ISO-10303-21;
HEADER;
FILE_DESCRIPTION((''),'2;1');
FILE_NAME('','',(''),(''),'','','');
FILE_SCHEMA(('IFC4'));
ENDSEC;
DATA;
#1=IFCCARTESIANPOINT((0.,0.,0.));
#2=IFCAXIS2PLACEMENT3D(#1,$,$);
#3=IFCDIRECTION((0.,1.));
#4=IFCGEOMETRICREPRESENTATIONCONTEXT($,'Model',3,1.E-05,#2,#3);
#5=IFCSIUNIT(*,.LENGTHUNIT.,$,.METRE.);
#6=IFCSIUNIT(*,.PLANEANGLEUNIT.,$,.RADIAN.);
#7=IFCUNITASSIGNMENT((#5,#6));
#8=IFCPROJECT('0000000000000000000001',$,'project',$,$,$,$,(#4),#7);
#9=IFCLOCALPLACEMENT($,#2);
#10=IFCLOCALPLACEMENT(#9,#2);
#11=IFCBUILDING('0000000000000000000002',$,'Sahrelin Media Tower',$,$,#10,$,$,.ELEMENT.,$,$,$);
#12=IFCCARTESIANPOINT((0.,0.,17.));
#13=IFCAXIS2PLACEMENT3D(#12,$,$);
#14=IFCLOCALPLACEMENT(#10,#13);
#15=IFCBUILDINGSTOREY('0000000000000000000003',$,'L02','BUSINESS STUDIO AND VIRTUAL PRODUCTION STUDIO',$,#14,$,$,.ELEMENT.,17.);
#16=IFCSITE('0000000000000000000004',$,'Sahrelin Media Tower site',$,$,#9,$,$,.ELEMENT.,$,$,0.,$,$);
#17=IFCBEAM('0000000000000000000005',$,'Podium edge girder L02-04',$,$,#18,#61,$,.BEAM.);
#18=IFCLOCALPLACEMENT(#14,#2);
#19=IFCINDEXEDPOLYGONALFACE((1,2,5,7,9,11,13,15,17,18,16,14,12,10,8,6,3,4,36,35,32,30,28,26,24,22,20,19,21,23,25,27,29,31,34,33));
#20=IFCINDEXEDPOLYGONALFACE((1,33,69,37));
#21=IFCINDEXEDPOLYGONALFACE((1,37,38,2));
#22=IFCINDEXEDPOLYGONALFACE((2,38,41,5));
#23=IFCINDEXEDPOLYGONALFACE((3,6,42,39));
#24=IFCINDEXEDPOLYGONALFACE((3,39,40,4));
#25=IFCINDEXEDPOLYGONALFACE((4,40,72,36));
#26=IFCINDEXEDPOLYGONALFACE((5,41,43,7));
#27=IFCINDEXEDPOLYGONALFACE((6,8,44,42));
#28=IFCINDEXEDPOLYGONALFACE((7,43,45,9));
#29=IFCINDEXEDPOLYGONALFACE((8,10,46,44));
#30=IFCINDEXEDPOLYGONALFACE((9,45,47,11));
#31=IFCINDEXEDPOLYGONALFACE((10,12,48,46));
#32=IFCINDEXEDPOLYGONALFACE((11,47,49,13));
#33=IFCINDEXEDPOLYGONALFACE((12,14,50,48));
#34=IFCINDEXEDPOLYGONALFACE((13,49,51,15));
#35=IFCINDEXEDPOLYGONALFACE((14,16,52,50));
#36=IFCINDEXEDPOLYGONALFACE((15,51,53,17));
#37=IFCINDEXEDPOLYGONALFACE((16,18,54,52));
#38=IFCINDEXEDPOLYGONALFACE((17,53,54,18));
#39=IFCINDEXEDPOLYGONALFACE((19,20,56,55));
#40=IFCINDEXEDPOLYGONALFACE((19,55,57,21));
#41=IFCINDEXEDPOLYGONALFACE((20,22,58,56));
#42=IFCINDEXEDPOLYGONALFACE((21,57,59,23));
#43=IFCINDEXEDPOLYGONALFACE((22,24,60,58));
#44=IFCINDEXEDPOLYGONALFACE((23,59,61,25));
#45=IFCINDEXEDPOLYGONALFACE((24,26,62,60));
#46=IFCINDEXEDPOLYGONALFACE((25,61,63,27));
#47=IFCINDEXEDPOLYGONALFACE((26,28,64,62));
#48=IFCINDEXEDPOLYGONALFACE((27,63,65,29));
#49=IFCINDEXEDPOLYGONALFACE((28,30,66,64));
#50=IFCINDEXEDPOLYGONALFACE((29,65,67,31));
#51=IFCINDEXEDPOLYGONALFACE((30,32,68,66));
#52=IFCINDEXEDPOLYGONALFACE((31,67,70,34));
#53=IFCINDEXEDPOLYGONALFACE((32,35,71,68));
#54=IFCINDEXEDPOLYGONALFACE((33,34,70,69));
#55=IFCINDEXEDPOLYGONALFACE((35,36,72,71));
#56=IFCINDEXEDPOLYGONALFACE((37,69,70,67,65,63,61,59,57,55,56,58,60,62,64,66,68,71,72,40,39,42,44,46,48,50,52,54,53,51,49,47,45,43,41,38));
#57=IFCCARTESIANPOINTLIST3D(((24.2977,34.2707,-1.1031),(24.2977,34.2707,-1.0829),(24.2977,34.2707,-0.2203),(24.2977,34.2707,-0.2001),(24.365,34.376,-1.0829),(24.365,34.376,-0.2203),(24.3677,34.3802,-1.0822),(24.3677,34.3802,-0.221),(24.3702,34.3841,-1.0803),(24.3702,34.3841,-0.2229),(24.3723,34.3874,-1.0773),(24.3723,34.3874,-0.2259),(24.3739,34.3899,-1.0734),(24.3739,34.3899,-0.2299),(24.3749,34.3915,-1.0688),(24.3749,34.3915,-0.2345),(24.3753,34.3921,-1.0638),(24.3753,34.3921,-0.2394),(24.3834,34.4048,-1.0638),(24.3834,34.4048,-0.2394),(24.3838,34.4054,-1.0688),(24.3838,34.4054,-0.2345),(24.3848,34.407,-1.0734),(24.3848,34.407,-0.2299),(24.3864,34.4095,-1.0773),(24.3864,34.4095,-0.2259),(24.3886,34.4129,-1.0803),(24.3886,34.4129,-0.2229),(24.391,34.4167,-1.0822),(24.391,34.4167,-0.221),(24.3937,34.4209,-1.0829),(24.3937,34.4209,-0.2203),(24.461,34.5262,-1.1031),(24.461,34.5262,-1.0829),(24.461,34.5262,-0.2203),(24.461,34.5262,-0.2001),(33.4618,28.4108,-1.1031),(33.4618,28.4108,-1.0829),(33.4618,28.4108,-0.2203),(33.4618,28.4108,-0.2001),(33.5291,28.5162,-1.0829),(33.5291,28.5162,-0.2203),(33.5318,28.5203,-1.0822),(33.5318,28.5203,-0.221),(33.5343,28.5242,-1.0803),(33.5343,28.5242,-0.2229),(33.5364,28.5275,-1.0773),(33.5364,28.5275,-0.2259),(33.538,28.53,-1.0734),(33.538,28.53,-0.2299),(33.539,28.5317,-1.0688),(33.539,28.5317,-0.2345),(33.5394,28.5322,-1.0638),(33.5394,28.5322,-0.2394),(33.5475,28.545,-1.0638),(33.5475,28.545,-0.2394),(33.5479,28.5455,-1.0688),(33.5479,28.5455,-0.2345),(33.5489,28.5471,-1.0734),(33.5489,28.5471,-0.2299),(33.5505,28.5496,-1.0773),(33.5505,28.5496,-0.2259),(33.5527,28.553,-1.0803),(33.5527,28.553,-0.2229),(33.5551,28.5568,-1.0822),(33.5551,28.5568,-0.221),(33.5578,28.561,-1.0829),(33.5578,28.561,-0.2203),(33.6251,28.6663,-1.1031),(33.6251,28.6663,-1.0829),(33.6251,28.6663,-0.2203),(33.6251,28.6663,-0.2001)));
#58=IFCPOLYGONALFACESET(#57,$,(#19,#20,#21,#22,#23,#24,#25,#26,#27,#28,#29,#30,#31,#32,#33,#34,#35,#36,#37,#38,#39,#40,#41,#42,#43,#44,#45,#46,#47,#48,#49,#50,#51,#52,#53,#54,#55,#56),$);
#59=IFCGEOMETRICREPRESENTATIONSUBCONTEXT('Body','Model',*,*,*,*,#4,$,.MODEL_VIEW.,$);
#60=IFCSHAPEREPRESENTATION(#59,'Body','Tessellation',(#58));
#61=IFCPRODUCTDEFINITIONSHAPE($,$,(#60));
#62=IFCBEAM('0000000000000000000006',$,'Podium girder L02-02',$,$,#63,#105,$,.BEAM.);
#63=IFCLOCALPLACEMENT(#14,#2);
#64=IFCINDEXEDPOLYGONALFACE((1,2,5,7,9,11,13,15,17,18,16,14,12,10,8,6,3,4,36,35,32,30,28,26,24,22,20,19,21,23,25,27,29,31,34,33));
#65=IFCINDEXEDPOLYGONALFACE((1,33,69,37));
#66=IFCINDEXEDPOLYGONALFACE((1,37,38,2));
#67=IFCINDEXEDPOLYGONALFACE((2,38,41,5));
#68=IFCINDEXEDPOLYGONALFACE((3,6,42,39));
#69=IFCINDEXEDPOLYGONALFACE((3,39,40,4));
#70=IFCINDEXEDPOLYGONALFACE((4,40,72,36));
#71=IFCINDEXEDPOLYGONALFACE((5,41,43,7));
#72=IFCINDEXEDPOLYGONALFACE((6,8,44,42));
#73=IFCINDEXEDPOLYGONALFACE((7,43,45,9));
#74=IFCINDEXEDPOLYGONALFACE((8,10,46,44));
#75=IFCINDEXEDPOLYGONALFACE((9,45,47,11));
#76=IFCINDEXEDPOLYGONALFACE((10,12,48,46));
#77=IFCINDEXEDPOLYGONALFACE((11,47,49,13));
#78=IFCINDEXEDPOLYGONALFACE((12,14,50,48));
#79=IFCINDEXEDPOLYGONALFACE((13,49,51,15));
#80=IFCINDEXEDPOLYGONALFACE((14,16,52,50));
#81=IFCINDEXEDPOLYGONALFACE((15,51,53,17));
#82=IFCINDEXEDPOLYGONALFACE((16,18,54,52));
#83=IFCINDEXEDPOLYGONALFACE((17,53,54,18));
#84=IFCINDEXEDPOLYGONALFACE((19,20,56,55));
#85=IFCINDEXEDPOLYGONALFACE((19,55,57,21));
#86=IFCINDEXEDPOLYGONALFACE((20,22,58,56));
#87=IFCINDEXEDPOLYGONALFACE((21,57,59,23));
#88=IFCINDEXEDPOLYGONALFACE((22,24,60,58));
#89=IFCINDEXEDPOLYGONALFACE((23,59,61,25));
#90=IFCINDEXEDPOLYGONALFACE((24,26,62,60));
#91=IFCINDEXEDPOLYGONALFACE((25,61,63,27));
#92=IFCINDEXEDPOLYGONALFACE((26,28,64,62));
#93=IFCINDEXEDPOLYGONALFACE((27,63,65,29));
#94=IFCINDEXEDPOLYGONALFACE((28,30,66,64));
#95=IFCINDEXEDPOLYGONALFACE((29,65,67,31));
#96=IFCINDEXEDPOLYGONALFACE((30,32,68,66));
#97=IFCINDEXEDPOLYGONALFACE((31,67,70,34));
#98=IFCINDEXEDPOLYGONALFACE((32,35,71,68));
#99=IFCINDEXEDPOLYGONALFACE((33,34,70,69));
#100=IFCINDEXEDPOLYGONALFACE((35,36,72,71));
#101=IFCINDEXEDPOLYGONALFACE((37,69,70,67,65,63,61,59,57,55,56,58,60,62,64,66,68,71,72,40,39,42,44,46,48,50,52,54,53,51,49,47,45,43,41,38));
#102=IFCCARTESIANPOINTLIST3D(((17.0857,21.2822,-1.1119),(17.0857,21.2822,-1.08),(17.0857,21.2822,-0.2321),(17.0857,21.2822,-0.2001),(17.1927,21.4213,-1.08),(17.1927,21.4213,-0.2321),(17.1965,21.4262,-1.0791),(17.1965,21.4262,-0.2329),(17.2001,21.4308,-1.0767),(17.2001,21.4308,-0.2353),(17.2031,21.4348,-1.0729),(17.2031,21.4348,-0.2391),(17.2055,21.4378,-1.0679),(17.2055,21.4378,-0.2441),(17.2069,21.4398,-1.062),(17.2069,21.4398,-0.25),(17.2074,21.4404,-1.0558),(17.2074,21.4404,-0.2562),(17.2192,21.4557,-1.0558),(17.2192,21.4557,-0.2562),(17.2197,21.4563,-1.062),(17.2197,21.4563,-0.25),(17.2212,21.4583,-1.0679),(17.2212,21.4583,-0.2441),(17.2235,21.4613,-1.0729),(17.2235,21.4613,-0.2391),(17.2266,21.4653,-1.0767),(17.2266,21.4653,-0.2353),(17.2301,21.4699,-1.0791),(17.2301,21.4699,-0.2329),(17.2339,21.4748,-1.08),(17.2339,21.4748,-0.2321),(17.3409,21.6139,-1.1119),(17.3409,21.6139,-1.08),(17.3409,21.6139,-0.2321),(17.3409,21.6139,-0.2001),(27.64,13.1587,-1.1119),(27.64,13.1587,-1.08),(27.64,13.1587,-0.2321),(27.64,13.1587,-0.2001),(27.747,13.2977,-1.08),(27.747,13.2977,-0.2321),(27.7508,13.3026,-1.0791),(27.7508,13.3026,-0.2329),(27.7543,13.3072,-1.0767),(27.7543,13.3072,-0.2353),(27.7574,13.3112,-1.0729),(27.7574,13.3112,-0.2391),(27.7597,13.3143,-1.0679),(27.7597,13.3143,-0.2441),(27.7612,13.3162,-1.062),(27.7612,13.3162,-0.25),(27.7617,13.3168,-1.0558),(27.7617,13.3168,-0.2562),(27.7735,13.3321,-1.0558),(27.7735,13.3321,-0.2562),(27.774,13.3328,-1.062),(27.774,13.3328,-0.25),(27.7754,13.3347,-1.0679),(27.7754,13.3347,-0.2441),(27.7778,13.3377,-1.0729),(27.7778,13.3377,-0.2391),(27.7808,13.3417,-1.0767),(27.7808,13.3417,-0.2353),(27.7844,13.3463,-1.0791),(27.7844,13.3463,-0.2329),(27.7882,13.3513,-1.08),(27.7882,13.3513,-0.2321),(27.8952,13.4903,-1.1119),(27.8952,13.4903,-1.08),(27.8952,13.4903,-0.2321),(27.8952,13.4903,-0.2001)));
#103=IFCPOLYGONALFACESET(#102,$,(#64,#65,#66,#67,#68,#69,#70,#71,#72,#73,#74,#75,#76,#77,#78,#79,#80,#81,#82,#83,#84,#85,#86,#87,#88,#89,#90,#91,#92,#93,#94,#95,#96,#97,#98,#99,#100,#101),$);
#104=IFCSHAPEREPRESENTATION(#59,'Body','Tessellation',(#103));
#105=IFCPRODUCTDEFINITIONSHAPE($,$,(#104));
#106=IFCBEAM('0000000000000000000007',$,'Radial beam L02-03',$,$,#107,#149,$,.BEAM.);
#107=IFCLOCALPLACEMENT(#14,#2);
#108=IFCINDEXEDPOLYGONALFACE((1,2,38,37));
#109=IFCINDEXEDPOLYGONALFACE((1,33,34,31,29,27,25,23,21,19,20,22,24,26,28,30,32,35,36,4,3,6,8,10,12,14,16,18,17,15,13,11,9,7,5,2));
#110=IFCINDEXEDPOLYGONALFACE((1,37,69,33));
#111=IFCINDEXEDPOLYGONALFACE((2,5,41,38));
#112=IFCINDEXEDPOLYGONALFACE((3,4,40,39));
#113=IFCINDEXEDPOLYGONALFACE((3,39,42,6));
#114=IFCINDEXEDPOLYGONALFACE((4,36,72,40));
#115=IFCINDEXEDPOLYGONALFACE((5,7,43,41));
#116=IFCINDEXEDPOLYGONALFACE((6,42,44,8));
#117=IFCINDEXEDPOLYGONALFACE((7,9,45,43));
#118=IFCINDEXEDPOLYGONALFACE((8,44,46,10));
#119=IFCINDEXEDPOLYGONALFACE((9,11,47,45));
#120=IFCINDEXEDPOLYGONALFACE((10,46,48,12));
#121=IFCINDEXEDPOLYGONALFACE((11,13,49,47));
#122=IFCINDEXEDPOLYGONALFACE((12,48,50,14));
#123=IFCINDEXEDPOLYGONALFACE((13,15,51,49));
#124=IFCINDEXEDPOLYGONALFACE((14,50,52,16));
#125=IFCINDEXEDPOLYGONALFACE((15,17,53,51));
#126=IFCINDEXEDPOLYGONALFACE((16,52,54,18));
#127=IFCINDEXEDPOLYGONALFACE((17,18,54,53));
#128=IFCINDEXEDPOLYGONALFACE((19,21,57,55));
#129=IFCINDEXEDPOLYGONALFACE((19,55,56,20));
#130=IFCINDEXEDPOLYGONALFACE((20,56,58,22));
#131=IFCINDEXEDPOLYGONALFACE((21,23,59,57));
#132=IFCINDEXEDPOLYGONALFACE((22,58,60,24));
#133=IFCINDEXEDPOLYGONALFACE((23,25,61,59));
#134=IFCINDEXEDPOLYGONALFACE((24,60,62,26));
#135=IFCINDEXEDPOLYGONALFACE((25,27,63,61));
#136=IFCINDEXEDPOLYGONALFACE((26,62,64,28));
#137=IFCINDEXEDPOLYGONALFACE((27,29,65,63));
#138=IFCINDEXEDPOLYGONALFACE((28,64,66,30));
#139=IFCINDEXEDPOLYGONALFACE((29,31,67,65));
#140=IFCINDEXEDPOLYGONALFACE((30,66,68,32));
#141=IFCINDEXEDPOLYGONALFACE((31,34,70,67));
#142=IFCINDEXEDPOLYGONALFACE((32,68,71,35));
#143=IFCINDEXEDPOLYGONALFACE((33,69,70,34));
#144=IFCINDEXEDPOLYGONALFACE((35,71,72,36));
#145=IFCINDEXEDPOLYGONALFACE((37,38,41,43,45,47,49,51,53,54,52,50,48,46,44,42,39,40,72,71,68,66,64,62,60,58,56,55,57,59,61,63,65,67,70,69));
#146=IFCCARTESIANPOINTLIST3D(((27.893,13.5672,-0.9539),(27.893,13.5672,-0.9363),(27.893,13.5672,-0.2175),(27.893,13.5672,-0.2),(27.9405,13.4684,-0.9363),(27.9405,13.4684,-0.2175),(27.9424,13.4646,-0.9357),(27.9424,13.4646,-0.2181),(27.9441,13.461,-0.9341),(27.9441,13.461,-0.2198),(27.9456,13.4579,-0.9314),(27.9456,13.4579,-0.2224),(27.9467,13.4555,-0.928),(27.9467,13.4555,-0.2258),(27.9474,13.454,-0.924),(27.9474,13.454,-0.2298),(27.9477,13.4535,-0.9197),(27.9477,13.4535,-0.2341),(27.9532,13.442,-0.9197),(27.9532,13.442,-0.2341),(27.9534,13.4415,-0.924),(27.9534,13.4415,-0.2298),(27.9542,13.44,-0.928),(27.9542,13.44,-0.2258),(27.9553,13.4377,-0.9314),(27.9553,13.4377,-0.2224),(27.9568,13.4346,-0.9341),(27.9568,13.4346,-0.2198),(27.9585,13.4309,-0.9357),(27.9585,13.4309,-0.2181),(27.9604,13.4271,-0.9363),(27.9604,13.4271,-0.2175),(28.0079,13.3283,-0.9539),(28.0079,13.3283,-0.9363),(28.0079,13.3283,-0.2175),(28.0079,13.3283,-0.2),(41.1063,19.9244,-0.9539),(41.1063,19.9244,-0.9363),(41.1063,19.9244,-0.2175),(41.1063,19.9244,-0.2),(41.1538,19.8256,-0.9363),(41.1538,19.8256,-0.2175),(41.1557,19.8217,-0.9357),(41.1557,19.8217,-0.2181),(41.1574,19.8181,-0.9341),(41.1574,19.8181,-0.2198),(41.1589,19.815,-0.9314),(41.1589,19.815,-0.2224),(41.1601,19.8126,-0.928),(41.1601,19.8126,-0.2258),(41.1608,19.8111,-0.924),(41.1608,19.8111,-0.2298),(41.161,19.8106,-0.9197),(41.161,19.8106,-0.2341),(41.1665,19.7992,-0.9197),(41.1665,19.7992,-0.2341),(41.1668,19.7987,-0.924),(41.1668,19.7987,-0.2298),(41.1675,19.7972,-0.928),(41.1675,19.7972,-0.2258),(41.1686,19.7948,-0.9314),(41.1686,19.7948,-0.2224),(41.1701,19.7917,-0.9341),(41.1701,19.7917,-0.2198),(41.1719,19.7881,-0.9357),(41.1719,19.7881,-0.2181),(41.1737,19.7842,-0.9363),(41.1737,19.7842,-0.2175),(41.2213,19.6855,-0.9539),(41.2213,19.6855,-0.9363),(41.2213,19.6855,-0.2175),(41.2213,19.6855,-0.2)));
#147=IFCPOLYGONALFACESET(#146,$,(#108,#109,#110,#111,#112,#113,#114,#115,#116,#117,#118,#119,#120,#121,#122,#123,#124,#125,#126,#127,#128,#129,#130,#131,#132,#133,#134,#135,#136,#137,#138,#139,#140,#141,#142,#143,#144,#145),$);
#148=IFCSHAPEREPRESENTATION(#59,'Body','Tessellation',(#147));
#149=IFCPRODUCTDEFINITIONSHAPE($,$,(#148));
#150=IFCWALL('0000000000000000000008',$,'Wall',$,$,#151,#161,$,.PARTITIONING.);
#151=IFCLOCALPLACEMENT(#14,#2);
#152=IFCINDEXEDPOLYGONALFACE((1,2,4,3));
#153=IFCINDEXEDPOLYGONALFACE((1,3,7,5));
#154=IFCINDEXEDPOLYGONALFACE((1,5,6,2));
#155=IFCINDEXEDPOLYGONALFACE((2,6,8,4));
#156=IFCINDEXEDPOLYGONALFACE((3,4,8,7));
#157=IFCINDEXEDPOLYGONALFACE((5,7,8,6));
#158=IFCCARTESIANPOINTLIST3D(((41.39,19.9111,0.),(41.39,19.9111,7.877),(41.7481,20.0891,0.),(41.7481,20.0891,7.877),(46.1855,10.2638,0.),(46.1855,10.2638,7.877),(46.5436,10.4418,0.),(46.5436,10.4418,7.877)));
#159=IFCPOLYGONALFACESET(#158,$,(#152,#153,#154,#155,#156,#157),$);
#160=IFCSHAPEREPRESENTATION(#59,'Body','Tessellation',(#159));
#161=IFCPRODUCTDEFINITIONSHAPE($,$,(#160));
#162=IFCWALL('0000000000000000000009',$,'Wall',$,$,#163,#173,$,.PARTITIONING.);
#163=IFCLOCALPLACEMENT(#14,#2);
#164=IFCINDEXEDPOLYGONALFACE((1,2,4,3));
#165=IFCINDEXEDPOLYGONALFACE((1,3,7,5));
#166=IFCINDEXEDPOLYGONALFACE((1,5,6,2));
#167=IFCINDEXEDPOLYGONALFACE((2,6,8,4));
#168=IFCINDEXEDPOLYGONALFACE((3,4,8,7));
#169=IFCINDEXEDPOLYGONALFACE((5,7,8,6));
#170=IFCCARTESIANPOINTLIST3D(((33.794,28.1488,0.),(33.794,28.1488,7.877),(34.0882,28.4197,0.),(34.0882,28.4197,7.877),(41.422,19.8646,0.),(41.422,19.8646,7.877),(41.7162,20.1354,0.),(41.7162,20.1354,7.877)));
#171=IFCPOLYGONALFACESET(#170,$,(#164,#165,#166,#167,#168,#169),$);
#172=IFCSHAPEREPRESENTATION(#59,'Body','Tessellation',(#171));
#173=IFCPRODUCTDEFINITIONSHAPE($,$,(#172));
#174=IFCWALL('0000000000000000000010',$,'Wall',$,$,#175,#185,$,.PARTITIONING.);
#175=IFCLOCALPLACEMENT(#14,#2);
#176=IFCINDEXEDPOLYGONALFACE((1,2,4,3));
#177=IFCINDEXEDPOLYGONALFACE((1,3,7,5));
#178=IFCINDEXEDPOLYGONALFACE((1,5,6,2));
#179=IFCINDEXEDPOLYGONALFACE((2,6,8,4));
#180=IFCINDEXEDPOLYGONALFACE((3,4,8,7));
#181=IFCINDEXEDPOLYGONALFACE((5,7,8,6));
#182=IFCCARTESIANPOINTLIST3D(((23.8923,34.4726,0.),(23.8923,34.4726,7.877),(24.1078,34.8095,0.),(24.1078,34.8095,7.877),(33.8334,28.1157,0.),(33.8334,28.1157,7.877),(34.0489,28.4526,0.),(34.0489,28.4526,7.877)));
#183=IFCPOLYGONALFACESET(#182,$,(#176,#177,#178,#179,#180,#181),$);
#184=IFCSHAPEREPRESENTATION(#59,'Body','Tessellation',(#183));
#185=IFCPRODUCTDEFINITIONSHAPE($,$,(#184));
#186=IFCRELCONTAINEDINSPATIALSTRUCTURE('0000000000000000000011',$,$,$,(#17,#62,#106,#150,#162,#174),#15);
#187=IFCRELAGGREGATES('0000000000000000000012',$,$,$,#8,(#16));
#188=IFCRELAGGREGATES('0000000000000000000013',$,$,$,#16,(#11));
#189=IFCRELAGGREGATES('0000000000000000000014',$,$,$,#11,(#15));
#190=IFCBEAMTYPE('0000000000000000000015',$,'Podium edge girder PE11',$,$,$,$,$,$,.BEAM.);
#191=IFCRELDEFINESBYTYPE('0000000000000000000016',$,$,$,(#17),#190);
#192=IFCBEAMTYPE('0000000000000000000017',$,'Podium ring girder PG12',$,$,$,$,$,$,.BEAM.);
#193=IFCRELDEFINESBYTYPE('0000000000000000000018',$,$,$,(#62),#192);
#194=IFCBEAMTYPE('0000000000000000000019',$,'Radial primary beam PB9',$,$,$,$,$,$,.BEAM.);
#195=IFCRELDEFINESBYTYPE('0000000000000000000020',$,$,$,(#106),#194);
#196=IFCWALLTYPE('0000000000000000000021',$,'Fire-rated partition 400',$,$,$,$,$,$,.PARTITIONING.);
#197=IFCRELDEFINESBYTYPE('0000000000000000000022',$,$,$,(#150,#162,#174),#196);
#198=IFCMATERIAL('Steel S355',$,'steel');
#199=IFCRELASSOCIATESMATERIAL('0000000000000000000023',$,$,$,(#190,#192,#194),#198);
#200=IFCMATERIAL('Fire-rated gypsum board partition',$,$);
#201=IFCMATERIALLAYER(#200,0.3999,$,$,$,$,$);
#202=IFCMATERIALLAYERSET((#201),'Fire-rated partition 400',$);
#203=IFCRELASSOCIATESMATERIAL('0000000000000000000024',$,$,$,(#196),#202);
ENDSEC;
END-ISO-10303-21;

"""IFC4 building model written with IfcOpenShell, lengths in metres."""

from ifc_helpers import new_model, si_unit, direction, frame, frame_2d, origin, origin_2d, place, context, subcontext, project, spatial, rectangle, i_section, extrude, material, layer, layer_set, material_profile, profile_set, type_object, element, save


model = new_model("IFC4")

# Units and contexts
model_context = context("Model", 3, precision=1e-05, world=origin(), true_north=direction((0.0, 1.0)))
body_context = subcontext(model_context, "Body", "Model", "MODEL_VIEW")
ifc_project = project(units=[si_unit("LENGTHUNIT", "METRE"), si_unit("PLANEANGLEUNIT", "RADIAN")], contexts=[model_context])

# Site, building, storey
site_placement = place(None, origin())
site = spatial("IfcSite", under=ifc_project, at=site_placement, Name="Sahrelin Media Tower site", CompositionType="ELEMENT", RefElevation=0.0)
building_placement = place(site_placement, origin())
building = spatial("IfcBuilding", under=site, at=building_placement, Name="Sahrelin Media Tower", CompositionType="ELEMENT")
storey_placement = place(building_placement, frame((0.0, 0.0, 17.0)))
storey = spatial("IfcBuildingStorey", under=building, at=storey_placement, Name="L02", Description="BUSINESS STUDIO AND VIRTUAL PRODUCTION STUDIO", CompositionType="ELEMENT", Elevation=17.0)

# Beams
ifc_material_1 = material(Name="Steel S355", Category="steel")
ifc_material_profile_1 = material_profile(ifc_material_1, i_section(OverallWidth=0.3032, OverallDepth=0.9031, WebThickness=0.0151, FlangeThickness=0.0203, FilletRadius=0.019, at=origin_2d()), Name="UB 914x305x201")
ifc_profile_set_1 = profile_set([ifc_material_profile_1], Name="Steel S355")
beam_type_1 = type_object("IfcBeamType", Name="Podium edge girder PE11", PredefinedType="BEAM", material=ifc_profile_set_1)
beam_1_placement = place(storey_placement, frame((33.5435, 28.5386, -0.6516), z_axis=(-0.842486, 0.538719, 0.0), x_axis=(-0.538719, -0.842486, 0.0)))
element("IfcBeam", 1, at=beam_1_placement, inside=storey, type_object=beam_type_1, Name="Podium edge girder L02-04", PredefinedType="BEAM", context=body_context, shape_type="SweptSolid", body=[
    extrude(i_section(OverallWidth=0.3032, OverallDepth=0.9031, WebThickness=0.0151, FlangeThickness=0.0203, FilletRadius=0.019, at=origin_2d()), origin(), (0.0, 0.0, 1.0), 10.8774),
])
ifc_material_profile_2 = material_profile(ifc_material_1, i_section(OverallWidth=0.4185, OverallDepth=0.9119, WebThickness=0.0193, FlangeThickness=0.032, FilletRadius=0.0242, at=origin_2d()), Name="UB 914x419x343")
ifc_profile_set_2 = profile_set([ifc_material_profile_2], Name="Steel S355")
beam_type_2 = type_object("IfcBeamType", Name="Podium ring girder PG12", PredefinedType="BEAM", material=ifc_profile_set_2)
beam_2_placement = place(storey_placement, frame((27.7676, 13.3245, -0.656), z_axis=(-0.792445, 0.609943, 0.0), x_axis=(-0.609943, -0.792445, 0.0)))
element("IfcBeam", 2, at=beam_2_placement, inside=storey, type_object=beam_type_2, Name="Podium girder L02-02", PredefinedType="BEAM", context=body_context, shape_type="SweptSolid", body=[
    extrude(i_section(OverallWidth=0.4185, OverallDepth=0.9119, WebThickness=0.0193, FlangeThickness=0.032, FilletRadius=0.0242, at=origin_2d()), origin(), (0.0, 0.0, 1.0), 13.3186),
])
ifc_material_profile_3 = material_profile(ifc_material_1, i_section(OverallWidth=0.2651, OverallDepth=0.7539, WebThickness=0.0127, FlangeThickness=0.0176, FilletRadius=0.0166, at=origin_2d()), Name="UB 762x267x147")
ifc_profile_set_3 = profile_set([ifc_material_profile_3], Name="Steel S355")
beam_type_3 = type_object("IfcBeamType", Name="Radial primary beam PB9", PredefinedType="BEAM", material=ifc_profile_set_3)
beam_3_placement = place(storey_placement, frame((27.9504, 13.4478, -0.5769), z_axis=(0.90113, 0.433549, 0.0), x_axis=(-0.433549, 0.90113, 0.0)))
element("IfcBeam", 3, at=beam_3_placement, inside=storey, type_object=beam_type_3, Name="Radial beam L02-03", PredefinedType="BEAM", context=body_context, shape_type="SweptSolid", body=[
    extrude(i_section(OverallWidth=0.2651, OverallDepth=0.7539, WebThickness=0.0127, FlangeThickness=0.0176, FilletRadius=0.0166, at=origin_2d()), origin(), (0.0, 0.0, 1.0), 14.6631),
])

# Shared definitions
ifc_material_2 = material(Name="Fire-rated gypsum board partition")

# Walls
ifc_layer_1 = layer(ifc_material_2, 0.3999)
ifc_layer_set_1 = layer_set([ifc_layer_1], Name="Fire-rated partition 400")
wall_type_1 = type_object("IfcWallType", Name="Fire-rated partition 400", PredefinedType="PARTITIONING", material=ifc_layer_set_1)
wall_1_placement = place(storey_placement, frame((46.3645, 10.3528, 0.0), z_axis=(0.0, 0.0, 1.0), x_axis=(-0.445118, 0.895472, 0.0)))
element("IfcWall", 4, at=wall_1_placement, inside=storey, type_object=wall_type_1, Name="Wall", PredefinedType="PARTITIONING", context=body_context, shape_type="SweptSolid", body=[
    extrude(rectangle(XDim=10.7734, YDim=0.3999, at=frame_2d((5.3867, 0.0))), origin(), (0.0, 0.0, 1.0), 7.877),
])
wall_2_placement = place(storey_placement, frame((41.5691, 20.0, 0.0), z_axis=(0.0, 0.0, 1.0), x_axis=(-0.677368, 0.735644, 0.0)))
element("IfcWall", 5, at=wall_2_placement, inside=storey, type_object=wall_type_1, Name="Wall", PredefinedType="PARTITIONING", context=body_context, shape_type="SweptSolid", body=[
    extrude(rectangle(XDim=11.2612, YDim=0.3999, at=frame_2d((5.6306, 0.0))), origin(), (0.0, 0.0, 1.0), 7.877),
])
wall_3_placement = place(storey_placement, frame((33.9412, 28.2842, 0.0), z_axis=(0.0, 0.0, 1.0), x_axis=(-0.84248, 0.538728, 0.0)))
element("IfcWall", 6, at=wall_3_placement, inside=storey, type_object=wall_type_1, Name="Wall", PredefinedType="PARTITIONING", context=body_context, shape_type="SweptSolid", body=[
    extrude(rectangle(XDim=11.7998, YDim=0.3999, at=frame_2d((5.8999, 0.0))), origin(), (0.0, 0.0, 1.0), 7.877),
])

save(model, "model.ifc")
